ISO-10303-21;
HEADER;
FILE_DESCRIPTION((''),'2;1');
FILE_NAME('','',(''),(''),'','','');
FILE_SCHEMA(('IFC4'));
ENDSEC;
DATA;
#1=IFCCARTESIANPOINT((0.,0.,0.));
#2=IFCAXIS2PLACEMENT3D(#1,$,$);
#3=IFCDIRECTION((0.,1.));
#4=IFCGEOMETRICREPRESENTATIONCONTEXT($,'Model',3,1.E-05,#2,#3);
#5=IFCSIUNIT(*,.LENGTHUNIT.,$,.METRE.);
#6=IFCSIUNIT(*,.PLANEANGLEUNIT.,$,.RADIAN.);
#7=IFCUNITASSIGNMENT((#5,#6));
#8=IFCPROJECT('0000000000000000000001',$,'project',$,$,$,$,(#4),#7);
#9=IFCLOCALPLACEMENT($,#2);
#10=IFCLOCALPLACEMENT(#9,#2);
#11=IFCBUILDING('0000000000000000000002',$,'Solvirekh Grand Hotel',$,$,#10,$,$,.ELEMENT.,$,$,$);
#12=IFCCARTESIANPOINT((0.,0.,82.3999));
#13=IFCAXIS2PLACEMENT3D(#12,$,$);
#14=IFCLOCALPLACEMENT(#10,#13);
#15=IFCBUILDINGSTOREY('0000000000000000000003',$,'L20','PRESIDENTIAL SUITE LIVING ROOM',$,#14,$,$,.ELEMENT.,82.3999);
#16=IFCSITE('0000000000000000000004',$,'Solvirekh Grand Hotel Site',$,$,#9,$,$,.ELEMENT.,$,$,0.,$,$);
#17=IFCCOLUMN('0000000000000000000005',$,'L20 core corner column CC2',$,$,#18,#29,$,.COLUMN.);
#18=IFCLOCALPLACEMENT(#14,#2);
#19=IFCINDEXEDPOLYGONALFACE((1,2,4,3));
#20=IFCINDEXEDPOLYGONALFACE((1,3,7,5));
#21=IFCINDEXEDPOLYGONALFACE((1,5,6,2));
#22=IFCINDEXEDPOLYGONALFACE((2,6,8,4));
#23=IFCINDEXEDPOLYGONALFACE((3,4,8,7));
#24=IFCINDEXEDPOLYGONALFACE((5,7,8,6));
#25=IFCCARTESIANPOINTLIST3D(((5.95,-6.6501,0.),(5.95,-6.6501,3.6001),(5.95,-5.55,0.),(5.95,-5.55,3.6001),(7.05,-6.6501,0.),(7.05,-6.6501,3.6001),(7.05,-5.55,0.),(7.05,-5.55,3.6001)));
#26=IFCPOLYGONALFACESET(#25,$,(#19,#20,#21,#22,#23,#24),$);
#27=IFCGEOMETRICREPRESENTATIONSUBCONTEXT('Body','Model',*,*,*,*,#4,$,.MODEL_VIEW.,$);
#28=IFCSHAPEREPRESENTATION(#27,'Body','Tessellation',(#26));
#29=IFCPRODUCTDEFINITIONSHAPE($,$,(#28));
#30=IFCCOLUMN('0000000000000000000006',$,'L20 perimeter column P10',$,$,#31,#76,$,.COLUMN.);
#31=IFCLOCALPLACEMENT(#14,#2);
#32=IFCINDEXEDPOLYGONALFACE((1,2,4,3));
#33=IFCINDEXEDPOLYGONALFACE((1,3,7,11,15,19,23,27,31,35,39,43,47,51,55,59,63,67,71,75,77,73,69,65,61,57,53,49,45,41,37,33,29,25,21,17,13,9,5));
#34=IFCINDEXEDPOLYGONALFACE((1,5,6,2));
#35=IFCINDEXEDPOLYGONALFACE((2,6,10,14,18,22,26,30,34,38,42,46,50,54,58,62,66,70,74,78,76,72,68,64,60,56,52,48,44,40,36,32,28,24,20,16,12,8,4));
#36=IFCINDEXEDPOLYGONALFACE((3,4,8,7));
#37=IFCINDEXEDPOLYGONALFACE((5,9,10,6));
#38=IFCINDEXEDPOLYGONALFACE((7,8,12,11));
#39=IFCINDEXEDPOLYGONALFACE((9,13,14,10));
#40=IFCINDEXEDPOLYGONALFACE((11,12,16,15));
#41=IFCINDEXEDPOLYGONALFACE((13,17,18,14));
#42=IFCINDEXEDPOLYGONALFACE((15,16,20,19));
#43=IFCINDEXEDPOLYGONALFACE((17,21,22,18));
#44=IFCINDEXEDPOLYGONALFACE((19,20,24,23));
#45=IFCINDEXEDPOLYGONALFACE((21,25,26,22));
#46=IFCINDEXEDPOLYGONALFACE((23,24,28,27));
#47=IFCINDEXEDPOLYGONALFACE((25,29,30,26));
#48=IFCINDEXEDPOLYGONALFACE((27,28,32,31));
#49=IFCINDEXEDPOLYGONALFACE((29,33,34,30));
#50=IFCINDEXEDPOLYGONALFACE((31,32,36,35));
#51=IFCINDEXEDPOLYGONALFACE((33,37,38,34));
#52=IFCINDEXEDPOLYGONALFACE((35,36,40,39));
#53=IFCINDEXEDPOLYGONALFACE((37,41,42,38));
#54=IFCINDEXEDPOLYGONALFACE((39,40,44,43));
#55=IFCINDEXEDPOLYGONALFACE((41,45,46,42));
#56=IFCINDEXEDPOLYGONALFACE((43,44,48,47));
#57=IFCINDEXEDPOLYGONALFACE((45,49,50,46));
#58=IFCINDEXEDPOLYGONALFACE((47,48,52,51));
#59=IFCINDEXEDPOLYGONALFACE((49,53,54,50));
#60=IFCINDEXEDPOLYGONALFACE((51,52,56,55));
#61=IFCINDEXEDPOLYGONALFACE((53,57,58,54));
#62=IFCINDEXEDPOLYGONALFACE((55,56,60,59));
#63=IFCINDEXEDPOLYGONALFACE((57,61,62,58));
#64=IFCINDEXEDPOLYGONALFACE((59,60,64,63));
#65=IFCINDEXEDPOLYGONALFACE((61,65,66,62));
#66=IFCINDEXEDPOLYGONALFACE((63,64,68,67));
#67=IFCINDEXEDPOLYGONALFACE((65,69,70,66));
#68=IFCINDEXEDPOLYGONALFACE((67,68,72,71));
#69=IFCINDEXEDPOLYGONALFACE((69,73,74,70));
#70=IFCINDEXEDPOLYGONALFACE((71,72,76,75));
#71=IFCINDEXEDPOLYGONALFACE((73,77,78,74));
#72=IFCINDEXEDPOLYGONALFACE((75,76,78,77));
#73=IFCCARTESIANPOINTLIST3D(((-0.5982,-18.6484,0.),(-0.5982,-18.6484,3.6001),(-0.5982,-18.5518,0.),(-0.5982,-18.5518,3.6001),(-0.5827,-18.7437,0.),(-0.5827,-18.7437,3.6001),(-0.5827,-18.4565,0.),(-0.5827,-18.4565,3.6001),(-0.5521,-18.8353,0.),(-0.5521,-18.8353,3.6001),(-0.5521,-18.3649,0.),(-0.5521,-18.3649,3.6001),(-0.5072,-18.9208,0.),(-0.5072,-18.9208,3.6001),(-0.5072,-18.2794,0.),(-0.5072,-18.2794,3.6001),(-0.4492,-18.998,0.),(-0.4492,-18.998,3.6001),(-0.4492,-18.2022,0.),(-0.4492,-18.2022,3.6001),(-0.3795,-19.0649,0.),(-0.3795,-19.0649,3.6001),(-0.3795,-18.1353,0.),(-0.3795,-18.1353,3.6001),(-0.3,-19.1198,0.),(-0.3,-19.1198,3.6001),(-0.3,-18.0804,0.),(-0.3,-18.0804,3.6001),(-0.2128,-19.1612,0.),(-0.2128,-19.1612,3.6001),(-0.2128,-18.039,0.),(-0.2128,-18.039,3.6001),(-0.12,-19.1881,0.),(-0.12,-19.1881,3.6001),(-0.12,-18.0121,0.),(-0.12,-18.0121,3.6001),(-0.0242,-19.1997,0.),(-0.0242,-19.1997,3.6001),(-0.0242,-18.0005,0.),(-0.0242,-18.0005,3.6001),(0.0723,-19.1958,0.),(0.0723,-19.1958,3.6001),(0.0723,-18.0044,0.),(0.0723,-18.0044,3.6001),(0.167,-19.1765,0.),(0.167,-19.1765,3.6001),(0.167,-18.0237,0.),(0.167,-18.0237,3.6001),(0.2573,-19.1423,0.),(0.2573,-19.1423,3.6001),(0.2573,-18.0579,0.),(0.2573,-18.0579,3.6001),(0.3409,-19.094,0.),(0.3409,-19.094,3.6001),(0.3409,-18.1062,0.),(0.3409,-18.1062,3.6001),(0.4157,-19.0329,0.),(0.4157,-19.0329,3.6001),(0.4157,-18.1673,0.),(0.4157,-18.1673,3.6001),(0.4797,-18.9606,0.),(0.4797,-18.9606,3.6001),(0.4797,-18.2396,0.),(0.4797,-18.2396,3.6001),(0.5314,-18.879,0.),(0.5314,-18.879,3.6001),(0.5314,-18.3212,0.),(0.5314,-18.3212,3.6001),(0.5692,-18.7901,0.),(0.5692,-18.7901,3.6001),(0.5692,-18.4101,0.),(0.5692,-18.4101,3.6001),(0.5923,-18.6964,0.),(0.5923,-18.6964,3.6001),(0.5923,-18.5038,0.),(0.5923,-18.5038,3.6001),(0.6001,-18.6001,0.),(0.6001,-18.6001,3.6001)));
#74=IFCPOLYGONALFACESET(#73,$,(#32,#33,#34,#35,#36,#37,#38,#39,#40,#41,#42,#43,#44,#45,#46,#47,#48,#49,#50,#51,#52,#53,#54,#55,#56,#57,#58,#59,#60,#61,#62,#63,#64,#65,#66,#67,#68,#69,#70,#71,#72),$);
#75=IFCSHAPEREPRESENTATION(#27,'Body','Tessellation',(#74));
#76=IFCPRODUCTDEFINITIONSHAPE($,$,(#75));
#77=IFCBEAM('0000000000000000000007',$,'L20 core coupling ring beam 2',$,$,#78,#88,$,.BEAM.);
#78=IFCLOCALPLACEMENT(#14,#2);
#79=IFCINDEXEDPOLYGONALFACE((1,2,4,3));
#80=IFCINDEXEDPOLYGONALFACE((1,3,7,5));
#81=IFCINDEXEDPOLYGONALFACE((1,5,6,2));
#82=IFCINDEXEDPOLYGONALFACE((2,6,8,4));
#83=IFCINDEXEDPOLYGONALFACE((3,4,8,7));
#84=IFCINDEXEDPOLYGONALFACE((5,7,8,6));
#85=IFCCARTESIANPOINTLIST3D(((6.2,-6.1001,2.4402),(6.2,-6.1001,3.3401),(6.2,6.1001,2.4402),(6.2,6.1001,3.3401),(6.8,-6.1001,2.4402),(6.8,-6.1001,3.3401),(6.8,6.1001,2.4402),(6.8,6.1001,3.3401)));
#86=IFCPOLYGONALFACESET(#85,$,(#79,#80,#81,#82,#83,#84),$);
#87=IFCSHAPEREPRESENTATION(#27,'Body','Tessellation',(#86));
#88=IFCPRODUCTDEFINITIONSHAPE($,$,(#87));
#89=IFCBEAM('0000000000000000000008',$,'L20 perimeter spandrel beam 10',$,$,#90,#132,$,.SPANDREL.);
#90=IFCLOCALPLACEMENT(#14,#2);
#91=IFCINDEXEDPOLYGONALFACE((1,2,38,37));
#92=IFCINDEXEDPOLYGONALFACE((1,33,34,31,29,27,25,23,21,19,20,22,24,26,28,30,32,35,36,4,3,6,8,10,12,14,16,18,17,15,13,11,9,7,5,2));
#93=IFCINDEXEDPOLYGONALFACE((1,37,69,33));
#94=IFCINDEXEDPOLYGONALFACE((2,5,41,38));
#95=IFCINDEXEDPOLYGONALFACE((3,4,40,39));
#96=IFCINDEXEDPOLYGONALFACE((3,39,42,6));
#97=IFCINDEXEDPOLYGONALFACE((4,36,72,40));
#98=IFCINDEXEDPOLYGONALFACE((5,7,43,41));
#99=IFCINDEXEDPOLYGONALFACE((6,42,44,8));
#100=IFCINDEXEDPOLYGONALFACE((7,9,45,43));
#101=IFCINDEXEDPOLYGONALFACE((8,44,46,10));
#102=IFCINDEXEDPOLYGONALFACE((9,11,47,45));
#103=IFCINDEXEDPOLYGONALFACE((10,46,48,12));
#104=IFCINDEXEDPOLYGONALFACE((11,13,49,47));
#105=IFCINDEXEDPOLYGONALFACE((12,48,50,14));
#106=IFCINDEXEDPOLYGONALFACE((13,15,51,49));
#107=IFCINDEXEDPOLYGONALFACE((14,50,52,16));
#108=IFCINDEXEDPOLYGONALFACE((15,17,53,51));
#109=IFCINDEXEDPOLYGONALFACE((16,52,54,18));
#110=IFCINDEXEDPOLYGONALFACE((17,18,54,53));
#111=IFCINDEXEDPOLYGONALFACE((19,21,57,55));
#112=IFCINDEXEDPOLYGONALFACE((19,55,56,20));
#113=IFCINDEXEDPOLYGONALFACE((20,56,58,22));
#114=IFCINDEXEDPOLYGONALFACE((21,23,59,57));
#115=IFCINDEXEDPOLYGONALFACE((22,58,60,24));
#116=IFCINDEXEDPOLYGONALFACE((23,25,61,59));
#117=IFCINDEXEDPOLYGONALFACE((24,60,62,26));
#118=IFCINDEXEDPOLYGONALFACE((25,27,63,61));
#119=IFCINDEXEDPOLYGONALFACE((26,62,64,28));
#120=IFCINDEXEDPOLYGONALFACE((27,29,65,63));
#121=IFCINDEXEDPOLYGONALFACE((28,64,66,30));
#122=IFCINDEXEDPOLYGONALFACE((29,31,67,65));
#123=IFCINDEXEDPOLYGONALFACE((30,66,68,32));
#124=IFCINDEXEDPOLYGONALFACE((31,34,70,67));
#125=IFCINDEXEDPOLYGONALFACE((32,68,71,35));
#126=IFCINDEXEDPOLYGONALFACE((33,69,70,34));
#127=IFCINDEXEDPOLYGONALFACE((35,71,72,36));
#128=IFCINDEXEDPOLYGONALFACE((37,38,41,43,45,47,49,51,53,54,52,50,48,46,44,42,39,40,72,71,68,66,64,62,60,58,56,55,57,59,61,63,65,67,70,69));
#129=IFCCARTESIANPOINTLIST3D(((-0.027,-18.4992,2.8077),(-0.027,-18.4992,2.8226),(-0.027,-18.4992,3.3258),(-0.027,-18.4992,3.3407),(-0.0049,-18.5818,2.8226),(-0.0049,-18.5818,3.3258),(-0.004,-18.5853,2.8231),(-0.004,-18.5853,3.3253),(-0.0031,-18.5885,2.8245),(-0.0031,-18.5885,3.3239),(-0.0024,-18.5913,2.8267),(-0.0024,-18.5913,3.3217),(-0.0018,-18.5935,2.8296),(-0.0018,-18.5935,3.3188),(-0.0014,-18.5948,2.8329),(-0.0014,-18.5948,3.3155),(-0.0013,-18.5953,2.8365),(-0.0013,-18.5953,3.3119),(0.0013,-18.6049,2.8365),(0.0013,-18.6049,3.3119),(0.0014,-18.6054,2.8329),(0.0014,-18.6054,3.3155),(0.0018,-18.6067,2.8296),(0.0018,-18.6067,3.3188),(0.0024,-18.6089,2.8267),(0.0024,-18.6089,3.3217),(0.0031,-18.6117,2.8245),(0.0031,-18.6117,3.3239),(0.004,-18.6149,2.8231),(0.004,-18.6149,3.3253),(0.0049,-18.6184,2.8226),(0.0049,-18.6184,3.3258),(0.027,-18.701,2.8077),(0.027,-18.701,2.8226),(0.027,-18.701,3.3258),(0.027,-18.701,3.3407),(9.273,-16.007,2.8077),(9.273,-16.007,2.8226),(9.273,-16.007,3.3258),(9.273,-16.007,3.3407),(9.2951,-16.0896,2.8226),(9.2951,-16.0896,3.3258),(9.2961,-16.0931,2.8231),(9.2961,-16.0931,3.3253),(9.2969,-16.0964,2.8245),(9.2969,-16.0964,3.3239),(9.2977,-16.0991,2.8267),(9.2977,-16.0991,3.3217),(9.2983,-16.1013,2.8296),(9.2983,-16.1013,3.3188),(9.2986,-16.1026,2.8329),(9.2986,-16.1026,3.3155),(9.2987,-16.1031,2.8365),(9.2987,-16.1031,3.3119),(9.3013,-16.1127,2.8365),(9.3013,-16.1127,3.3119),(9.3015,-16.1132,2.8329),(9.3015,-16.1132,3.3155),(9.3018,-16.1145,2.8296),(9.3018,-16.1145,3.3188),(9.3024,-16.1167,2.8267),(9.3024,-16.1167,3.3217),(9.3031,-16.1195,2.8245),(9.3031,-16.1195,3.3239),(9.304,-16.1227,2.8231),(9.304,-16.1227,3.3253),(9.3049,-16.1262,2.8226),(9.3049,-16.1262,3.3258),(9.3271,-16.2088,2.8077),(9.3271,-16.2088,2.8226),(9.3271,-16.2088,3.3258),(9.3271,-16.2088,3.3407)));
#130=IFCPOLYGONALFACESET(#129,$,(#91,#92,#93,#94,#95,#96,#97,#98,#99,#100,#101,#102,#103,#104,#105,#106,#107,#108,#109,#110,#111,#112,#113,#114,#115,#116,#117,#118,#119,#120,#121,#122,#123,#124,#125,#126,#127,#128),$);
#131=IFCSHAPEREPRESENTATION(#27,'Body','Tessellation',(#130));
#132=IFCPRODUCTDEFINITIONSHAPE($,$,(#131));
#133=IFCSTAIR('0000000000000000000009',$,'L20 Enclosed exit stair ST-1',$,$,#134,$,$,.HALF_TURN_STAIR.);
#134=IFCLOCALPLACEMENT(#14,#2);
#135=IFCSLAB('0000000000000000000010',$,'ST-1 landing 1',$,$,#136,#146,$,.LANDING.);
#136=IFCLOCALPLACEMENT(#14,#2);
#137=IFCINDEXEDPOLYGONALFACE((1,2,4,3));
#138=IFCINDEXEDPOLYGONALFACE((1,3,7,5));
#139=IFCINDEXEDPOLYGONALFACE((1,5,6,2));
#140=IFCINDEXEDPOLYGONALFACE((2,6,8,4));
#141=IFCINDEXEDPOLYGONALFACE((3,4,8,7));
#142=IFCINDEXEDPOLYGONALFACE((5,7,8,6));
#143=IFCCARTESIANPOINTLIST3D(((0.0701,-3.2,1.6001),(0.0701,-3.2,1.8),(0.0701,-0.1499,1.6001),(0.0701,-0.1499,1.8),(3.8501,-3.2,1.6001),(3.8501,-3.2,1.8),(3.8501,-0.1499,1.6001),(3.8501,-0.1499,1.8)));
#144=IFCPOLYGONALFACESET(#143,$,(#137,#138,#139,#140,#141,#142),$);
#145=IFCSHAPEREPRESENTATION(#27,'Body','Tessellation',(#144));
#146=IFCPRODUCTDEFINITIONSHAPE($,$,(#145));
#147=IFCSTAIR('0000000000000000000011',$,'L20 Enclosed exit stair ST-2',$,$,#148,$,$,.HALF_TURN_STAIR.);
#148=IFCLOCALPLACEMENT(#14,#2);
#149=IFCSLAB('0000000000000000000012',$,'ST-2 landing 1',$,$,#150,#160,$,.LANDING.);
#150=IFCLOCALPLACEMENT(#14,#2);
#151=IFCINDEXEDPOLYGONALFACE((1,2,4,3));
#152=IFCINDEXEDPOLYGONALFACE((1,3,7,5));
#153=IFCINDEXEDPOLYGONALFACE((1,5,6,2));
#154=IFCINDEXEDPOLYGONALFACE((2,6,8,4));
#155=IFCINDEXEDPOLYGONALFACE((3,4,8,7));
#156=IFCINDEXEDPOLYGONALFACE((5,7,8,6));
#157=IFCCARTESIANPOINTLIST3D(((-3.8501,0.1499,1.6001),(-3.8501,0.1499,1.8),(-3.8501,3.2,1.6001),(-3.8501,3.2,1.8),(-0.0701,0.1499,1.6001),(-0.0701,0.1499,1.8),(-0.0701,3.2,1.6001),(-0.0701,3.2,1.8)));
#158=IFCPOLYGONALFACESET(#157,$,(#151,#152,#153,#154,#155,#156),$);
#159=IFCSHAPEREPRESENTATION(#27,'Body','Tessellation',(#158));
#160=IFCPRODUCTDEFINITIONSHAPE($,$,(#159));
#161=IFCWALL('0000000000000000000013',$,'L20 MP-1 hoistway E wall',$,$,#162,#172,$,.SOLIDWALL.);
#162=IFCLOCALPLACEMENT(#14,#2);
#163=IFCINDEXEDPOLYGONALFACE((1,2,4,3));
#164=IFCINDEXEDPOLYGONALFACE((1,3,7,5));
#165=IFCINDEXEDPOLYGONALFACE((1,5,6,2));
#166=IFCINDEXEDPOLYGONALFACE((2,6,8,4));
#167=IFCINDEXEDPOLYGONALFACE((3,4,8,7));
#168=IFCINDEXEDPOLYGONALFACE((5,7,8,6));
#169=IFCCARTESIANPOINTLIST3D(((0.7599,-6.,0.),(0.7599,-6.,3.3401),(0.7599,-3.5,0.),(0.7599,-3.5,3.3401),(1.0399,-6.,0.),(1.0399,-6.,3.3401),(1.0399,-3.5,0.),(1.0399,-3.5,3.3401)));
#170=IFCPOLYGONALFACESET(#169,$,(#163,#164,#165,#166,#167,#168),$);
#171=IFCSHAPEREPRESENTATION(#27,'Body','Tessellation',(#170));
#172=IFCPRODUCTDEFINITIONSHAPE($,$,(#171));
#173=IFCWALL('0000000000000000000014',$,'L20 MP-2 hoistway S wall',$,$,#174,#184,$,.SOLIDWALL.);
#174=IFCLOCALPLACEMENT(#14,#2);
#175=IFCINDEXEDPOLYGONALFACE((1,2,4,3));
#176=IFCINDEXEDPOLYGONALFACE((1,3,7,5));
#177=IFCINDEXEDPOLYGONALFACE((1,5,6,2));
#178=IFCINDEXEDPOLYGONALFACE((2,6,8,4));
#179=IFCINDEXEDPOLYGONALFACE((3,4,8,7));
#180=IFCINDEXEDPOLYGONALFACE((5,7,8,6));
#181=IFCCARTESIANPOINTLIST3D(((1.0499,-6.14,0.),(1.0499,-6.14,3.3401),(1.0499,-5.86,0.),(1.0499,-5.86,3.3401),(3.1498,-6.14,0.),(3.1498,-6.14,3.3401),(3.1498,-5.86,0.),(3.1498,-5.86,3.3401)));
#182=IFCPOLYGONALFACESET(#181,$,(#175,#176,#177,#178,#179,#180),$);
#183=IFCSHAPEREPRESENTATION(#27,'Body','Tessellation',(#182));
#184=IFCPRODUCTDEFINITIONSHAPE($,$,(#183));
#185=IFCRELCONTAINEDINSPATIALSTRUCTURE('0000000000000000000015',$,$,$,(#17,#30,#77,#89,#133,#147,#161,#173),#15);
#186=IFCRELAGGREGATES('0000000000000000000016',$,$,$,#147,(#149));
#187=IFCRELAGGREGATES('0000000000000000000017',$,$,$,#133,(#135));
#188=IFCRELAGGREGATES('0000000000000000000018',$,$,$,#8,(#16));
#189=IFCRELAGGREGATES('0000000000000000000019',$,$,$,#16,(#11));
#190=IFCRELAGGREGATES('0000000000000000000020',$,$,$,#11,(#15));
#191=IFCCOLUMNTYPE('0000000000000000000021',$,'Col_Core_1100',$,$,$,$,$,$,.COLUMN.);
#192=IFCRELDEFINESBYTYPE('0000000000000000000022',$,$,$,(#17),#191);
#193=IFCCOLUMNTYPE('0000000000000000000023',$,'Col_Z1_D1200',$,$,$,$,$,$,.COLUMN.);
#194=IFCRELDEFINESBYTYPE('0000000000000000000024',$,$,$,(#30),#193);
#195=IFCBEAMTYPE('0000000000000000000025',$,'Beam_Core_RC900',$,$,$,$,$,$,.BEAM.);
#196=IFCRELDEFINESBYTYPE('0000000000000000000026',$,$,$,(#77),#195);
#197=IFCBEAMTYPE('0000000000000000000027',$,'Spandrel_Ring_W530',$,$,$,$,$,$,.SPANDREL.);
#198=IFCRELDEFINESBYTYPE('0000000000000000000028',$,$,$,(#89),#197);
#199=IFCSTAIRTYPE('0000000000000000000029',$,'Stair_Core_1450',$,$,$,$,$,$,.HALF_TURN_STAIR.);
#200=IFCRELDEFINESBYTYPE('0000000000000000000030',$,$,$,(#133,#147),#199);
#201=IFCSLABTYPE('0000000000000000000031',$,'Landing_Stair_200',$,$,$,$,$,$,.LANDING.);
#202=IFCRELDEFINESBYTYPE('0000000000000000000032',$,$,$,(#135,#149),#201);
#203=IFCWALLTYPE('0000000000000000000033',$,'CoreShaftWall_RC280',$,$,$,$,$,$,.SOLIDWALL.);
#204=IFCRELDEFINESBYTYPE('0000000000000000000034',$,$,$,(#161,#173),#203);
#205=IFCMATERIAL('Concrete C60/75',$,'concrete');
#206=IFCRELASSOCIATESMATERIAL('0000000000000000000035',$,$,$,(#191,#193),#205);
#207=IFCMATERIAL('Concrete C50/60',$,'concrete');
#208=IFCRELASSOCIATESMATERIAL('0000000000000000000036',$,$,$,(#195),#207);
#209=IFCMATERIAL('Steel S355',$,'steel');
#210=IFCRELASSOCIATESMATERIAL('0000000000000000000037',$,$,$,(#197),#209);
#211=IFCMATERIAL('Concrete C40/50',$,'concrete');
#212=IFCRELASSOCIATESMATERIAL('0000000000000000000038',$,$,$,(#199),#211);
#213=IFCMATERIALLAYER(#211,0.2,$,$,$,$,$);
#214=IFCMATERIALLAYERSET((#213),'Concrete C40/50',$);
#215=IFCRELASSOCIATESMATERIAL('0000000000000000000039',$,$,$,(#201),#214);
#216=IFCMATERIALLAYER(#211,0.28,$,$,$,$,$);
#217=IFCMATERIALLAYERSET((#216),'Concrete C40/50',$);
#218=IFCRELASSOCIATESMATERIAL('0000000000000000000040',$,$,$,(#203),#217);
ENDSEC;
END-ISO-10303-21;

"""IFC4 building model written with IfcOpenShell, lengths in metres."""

from ifc_helpers import new_model, si_unit, direction, frame, frame_2d, origin, origin_2d, place, context, subcontext, project, spatial, polyline, rectangle, circle, i_section, outline, extrude, material, layer, layer_set, material_profile, profile_set, type_object, element, aggregate, save


model = new_model("IFC4")

# Units and contexts
model_context = context("Model", 3, precision=1e-05, world=origin(), true_north=direction((0.0, 1.0)))
body_context = subcontext(model_context, "Body", "Model", "MODEL_VIEW")
ifc_project = project(units=[si_unit("LENGTHUNIT", "METRE"), si_unit("PLANEANGLEUNIT", "RADIAN")], contexts=[model_context])

# Site, building, storey
site_placement = place(None, origin())
site = spatial("IfcSite", under=ifc_project, at=site_placement, Name="Solvirekh Grand Hotel Site", CompositionType="ELEMENT", RefElevation=0.0)
building_placement = place(site_placement, origin())
building = spatial("IfcBuilding", under=site, at=building_placement, Name="Solvirekh Grand Hotel", CompositionType="ELEMENT")
storey_placement = place(building_placement, frame((0.0, 0.0, 82.3999)))
storey = spatial("IfcBuildingStorey", under=building, at=storey_placement, Name="L20", Description="PRESIDENTIAL SUITE LIVING ROOM", CompositionType="ELEMENT", Elevation=82.3999)

# Columns
ifc_material_1 = material(Name="Concrete C60/75", Category="concrete")
ifc_material_profile_1 = material_profile(ifc_material_1, rectangle(XDim=1.1001, YDim=1.1001, at=origin_2d()), Name="RC 1100X1100")
ifc_profile_set_1 = profile_set([ifc_material_profile_1], Name="Concrete C60/75")
column_type_1 = type_object("IfcColumnType", Name="Col_Core_1100", PredefinedType="COLUMN", material=ifc_profile_set_1)
column_1_placement = place(storey_placement, frame((6.5, -6.1001, 0.0), z_axis=(0.0, 0.0, 1.0), x_axis=(1.0, 0.0, 0.0)))
element("IfcColumn", 1, at=column_1_placement, inside=storey, type_object=column_type_1, Name="L20 core corner column CC2", PredefinedType="COLUMN", context=body_context, shape_type="SweptSolid", body=[
    extrude(rectangle(XDim=1.1001, YDim=1.1001, at=origin_2d()), origin(), (0.0, 0.0, 1.0), 3.6001),
])
ifc_material_profile_2 = material_profile(ifc_material_1, circle(Radius=0.6001, at=origin_2d()), Name="RC CIRC D1200")
ifc_profile_set_2 = profile_set([ifc_material_profile_2], Name="Concrete C60/75")
column_type_2 = type_object("IfcColumnType", Name="Col_Z1_D1200", PredefinedType="COLUMN", material=ifc_profile_set_2)
column_2_placement = place(storey_placement, frame((0.0, -18.6001, 0.0), z_axis=(0.0, 0.0, 1.0), x_axis=(1.0, 0.0, 0.0)))
element("IfcColumn", 2, at=column_2_placement, inside=storey, type_object=column_type_2, Name="L20 perimeter column P10", PredefinedType="COLUMN", context=body_context, shape_type="SweptSolid", body=[
    extrude(circle(Radius=0.6001, at=origin_2d()), origin(), (0.0, 0.0, 1.0), 3.6001),
])

# Beams
ifc_material_2 = material(Name="Concrete C50/60", Category="concrete")
ifc_material_profile_3 = material_profile(ifc_material_2, rectangle(XDim=0.6001, YDim=0.8999, at=origin_2d()), Name="RC BEAM 600X900")
ifc_profile_set_3 = profile_set([ifc_material_profile_3], Name="Concrete C50/60")
beam_type_1 = type_object("IfcBeamType", Name="Beam_Core_RC900", PredefinedType="BEAM", material=ifc_profile_set_3)
beam_1_placement = place(storey_placement, frame((6.5, -6.1001, 2.8901), z_axis=(0.0, 1.0, 0.0), x_axis=(-1.0, 0.0, 0.0)))
element("IfcBeam", 3, at=beam_1_placement, inside=storey, type_object=beam_type_1, Name="L20 core coupling ring beam 2", PredefinedType="BEAM", context=body_context, shape_type="SweptSolid", body=[
    extrude(rectangle(XDim=0.6001, YDim=0.8999, at=origin_2d()), origin(), (0.0, 0.0, 1.0), 12.2002),
])
ifc_material_3 = material(Name="Steel S355", Category="steel")
ifc_material_profile_4 = material_profile(ifc_material_3, i_section(OverallWidth=0.209, OverallDepth=0.533, WebThickness=0.01, FlangeThickness=0.0149, FilletRadius=0.0139, at=origin_2d()), Name="W530X92")
ifc_profile_set_4 = profile_set([ifc_material_profile_4], Name="Steel S355")
beam_type_2 = type_object("IfcBeamType", Name="Spandrel_Ring_W530", PredefinedType="SPANDREL", material=ifc_profile_set_4)
beam_2_placement = place(storey_placement, frame((0.0, -18.6001, 3.0742), z_axis=(0.965919, 0.258843, 0.0), x_axis=(-0.258843, 0.965919, 0.0)))
element("IfcBeam", 4, at=beam_2_placement, inside=storey, type_object=beam_type_2, Name="L20 perimeter spandrel beam 10", PredefinedType="SPANDREL", context=body_context, shape_type="SweptSolid", body=[
    extrude(i_section(OverallWidth=0.209, OverallDepth=0.533, WebThickness=0.01, FlangeThickness=0.0149, FilletRadius=0.0139, at=origin_2d()), origin(), (0.0, 0.0, 1.0), 9.6282),
])

# Stairs, slabs
ifc_material_4 = material(Name="Concrete C40/50", Category="concrete")
stair_type = type_object("IfcStairType", Name="Stair_Core_1450", PredefinedType="HALF_TURN_STAIR", material=ifc_material_4)
stair_1_placement = place(storey_placement, origin())
stair_1 = element("IfcStair", 5, at=stair_1_placement, inside=storey, type_object=stair_type, Name="L20 Enclosed exit stair ST-1", PredefinedType="HALF_TURN_STAIR")
ifc_layer_1 = layer(ifc_material_4, 0.2)
ifc_layer_set_1 = layer_set([ifc_layer_1], Name="Concrete C40/50")
slab_type = type_object("IfcSlabType", Name="Landing_Stair_200", PredefinedType="LANDING", material=ifc_layer_set_1)
slab_1_placement = place(storey_placement, frame((0.0, 0.0, 1.6001)))
slab_1 = element("IfcSlab", 6, at=slab_1_placement, type_object=slab_type, Name="ST-1 landing 1", PredefinedType="LANDING", context=body_context, shape_type="SweptSolid", body=[
    extrude(outline(polyline([(0.0701, -3.2), (3.8501, -3.2), (3.8501, -0.1499), (0.0701, -0.1499), (0.0701, -3.2)])), origin(), (0.0, 0.0, 1.0), 0.2),
])
stair_2_placement = place(storey_placement, origin())
stair_2 = element("IfcStair", 7, at=stair_2_placement, inside=storey, type_object=stair_type, Name="L20 Enclosed exit stair ST-2", PredefinedType="HALF_TURN_STAIR")
slab_2_placement = place(storey_placement, frame((0.0, 0.0, 1.6001)))
slab_2 = element("IfcSlab", 8, at=slab_2_placement, type_object=slab_type, Name="ST-2 landing 1", PredefinedType="LANDING", context=body_context, shape_type="SweptSolid", body=[
    extrude(outline(polyline([(-0.0701, 3.2), (-3.8501, 3.2), (-3.8501, 0.1499), (-0.0701, 0.1499), (-0.0701, 3.2)])), origin(), (0.0, 0.0, 1.0), 0.2),
])
aggregate(stair_2, [slab_2])

# Walls
ifc_layer_2 = layer(ifc_material_4, 0.28)
ifc_layer_set_2 = layer_set([ifc_layer_2], Name="Concrete C40/50")
wall_type_1 = type_object("IfcWallType", Name="CoreShaftWall_RC280", PredefinedType="SOLIDWALL", material=ifc_layer_set_2)
wall_1_placement = place(storey_placement, frame((0.8999, -6.0, 0.0), z_axis=(0.0, 0.0, 1.0), x_axis=(0.0, 1.0, 0.0)))
element("IfcWall", 9, at=wall_1_placement, inside=storey, type_object=wall_type_1, Name="L20 MP-1 hoistway E wall", PredefinedType="SOLIDWALL", context=body_context, shape_type="SweptSolid", body=[
    extrude(rectangle(XDim=2.5, YDim=0.28, at=frame_2d((1.25, 0.0))), origin(), (0.0, 0.0, 1.0), 3.3401),
])
wall_2_placement = place(storey_placement, frame((1.05, -6.0, 0.0), z_axis=(0.0, 0.0, 1.0), x_axis=(1.0, 0.0, 0.0)))
element("IfcWall", 10, at=wall_2_placement, inside=storey, type_object=wall_type_1, Name="L20 MP-2 hoistway S wall", PredefinedType="SOLIDWALL", context=body_context, shape_type="SweptSolid", body=[
    extrude(rectangle(XDim=2.0999, YDim=0.28, at=frame_2d((1.0498, 0.0))), origin(), (0.0, 0.0, 1.0), 3.3401),
])

aggregate(stair_1, [slab_1])

save(model, "model.ifc")
